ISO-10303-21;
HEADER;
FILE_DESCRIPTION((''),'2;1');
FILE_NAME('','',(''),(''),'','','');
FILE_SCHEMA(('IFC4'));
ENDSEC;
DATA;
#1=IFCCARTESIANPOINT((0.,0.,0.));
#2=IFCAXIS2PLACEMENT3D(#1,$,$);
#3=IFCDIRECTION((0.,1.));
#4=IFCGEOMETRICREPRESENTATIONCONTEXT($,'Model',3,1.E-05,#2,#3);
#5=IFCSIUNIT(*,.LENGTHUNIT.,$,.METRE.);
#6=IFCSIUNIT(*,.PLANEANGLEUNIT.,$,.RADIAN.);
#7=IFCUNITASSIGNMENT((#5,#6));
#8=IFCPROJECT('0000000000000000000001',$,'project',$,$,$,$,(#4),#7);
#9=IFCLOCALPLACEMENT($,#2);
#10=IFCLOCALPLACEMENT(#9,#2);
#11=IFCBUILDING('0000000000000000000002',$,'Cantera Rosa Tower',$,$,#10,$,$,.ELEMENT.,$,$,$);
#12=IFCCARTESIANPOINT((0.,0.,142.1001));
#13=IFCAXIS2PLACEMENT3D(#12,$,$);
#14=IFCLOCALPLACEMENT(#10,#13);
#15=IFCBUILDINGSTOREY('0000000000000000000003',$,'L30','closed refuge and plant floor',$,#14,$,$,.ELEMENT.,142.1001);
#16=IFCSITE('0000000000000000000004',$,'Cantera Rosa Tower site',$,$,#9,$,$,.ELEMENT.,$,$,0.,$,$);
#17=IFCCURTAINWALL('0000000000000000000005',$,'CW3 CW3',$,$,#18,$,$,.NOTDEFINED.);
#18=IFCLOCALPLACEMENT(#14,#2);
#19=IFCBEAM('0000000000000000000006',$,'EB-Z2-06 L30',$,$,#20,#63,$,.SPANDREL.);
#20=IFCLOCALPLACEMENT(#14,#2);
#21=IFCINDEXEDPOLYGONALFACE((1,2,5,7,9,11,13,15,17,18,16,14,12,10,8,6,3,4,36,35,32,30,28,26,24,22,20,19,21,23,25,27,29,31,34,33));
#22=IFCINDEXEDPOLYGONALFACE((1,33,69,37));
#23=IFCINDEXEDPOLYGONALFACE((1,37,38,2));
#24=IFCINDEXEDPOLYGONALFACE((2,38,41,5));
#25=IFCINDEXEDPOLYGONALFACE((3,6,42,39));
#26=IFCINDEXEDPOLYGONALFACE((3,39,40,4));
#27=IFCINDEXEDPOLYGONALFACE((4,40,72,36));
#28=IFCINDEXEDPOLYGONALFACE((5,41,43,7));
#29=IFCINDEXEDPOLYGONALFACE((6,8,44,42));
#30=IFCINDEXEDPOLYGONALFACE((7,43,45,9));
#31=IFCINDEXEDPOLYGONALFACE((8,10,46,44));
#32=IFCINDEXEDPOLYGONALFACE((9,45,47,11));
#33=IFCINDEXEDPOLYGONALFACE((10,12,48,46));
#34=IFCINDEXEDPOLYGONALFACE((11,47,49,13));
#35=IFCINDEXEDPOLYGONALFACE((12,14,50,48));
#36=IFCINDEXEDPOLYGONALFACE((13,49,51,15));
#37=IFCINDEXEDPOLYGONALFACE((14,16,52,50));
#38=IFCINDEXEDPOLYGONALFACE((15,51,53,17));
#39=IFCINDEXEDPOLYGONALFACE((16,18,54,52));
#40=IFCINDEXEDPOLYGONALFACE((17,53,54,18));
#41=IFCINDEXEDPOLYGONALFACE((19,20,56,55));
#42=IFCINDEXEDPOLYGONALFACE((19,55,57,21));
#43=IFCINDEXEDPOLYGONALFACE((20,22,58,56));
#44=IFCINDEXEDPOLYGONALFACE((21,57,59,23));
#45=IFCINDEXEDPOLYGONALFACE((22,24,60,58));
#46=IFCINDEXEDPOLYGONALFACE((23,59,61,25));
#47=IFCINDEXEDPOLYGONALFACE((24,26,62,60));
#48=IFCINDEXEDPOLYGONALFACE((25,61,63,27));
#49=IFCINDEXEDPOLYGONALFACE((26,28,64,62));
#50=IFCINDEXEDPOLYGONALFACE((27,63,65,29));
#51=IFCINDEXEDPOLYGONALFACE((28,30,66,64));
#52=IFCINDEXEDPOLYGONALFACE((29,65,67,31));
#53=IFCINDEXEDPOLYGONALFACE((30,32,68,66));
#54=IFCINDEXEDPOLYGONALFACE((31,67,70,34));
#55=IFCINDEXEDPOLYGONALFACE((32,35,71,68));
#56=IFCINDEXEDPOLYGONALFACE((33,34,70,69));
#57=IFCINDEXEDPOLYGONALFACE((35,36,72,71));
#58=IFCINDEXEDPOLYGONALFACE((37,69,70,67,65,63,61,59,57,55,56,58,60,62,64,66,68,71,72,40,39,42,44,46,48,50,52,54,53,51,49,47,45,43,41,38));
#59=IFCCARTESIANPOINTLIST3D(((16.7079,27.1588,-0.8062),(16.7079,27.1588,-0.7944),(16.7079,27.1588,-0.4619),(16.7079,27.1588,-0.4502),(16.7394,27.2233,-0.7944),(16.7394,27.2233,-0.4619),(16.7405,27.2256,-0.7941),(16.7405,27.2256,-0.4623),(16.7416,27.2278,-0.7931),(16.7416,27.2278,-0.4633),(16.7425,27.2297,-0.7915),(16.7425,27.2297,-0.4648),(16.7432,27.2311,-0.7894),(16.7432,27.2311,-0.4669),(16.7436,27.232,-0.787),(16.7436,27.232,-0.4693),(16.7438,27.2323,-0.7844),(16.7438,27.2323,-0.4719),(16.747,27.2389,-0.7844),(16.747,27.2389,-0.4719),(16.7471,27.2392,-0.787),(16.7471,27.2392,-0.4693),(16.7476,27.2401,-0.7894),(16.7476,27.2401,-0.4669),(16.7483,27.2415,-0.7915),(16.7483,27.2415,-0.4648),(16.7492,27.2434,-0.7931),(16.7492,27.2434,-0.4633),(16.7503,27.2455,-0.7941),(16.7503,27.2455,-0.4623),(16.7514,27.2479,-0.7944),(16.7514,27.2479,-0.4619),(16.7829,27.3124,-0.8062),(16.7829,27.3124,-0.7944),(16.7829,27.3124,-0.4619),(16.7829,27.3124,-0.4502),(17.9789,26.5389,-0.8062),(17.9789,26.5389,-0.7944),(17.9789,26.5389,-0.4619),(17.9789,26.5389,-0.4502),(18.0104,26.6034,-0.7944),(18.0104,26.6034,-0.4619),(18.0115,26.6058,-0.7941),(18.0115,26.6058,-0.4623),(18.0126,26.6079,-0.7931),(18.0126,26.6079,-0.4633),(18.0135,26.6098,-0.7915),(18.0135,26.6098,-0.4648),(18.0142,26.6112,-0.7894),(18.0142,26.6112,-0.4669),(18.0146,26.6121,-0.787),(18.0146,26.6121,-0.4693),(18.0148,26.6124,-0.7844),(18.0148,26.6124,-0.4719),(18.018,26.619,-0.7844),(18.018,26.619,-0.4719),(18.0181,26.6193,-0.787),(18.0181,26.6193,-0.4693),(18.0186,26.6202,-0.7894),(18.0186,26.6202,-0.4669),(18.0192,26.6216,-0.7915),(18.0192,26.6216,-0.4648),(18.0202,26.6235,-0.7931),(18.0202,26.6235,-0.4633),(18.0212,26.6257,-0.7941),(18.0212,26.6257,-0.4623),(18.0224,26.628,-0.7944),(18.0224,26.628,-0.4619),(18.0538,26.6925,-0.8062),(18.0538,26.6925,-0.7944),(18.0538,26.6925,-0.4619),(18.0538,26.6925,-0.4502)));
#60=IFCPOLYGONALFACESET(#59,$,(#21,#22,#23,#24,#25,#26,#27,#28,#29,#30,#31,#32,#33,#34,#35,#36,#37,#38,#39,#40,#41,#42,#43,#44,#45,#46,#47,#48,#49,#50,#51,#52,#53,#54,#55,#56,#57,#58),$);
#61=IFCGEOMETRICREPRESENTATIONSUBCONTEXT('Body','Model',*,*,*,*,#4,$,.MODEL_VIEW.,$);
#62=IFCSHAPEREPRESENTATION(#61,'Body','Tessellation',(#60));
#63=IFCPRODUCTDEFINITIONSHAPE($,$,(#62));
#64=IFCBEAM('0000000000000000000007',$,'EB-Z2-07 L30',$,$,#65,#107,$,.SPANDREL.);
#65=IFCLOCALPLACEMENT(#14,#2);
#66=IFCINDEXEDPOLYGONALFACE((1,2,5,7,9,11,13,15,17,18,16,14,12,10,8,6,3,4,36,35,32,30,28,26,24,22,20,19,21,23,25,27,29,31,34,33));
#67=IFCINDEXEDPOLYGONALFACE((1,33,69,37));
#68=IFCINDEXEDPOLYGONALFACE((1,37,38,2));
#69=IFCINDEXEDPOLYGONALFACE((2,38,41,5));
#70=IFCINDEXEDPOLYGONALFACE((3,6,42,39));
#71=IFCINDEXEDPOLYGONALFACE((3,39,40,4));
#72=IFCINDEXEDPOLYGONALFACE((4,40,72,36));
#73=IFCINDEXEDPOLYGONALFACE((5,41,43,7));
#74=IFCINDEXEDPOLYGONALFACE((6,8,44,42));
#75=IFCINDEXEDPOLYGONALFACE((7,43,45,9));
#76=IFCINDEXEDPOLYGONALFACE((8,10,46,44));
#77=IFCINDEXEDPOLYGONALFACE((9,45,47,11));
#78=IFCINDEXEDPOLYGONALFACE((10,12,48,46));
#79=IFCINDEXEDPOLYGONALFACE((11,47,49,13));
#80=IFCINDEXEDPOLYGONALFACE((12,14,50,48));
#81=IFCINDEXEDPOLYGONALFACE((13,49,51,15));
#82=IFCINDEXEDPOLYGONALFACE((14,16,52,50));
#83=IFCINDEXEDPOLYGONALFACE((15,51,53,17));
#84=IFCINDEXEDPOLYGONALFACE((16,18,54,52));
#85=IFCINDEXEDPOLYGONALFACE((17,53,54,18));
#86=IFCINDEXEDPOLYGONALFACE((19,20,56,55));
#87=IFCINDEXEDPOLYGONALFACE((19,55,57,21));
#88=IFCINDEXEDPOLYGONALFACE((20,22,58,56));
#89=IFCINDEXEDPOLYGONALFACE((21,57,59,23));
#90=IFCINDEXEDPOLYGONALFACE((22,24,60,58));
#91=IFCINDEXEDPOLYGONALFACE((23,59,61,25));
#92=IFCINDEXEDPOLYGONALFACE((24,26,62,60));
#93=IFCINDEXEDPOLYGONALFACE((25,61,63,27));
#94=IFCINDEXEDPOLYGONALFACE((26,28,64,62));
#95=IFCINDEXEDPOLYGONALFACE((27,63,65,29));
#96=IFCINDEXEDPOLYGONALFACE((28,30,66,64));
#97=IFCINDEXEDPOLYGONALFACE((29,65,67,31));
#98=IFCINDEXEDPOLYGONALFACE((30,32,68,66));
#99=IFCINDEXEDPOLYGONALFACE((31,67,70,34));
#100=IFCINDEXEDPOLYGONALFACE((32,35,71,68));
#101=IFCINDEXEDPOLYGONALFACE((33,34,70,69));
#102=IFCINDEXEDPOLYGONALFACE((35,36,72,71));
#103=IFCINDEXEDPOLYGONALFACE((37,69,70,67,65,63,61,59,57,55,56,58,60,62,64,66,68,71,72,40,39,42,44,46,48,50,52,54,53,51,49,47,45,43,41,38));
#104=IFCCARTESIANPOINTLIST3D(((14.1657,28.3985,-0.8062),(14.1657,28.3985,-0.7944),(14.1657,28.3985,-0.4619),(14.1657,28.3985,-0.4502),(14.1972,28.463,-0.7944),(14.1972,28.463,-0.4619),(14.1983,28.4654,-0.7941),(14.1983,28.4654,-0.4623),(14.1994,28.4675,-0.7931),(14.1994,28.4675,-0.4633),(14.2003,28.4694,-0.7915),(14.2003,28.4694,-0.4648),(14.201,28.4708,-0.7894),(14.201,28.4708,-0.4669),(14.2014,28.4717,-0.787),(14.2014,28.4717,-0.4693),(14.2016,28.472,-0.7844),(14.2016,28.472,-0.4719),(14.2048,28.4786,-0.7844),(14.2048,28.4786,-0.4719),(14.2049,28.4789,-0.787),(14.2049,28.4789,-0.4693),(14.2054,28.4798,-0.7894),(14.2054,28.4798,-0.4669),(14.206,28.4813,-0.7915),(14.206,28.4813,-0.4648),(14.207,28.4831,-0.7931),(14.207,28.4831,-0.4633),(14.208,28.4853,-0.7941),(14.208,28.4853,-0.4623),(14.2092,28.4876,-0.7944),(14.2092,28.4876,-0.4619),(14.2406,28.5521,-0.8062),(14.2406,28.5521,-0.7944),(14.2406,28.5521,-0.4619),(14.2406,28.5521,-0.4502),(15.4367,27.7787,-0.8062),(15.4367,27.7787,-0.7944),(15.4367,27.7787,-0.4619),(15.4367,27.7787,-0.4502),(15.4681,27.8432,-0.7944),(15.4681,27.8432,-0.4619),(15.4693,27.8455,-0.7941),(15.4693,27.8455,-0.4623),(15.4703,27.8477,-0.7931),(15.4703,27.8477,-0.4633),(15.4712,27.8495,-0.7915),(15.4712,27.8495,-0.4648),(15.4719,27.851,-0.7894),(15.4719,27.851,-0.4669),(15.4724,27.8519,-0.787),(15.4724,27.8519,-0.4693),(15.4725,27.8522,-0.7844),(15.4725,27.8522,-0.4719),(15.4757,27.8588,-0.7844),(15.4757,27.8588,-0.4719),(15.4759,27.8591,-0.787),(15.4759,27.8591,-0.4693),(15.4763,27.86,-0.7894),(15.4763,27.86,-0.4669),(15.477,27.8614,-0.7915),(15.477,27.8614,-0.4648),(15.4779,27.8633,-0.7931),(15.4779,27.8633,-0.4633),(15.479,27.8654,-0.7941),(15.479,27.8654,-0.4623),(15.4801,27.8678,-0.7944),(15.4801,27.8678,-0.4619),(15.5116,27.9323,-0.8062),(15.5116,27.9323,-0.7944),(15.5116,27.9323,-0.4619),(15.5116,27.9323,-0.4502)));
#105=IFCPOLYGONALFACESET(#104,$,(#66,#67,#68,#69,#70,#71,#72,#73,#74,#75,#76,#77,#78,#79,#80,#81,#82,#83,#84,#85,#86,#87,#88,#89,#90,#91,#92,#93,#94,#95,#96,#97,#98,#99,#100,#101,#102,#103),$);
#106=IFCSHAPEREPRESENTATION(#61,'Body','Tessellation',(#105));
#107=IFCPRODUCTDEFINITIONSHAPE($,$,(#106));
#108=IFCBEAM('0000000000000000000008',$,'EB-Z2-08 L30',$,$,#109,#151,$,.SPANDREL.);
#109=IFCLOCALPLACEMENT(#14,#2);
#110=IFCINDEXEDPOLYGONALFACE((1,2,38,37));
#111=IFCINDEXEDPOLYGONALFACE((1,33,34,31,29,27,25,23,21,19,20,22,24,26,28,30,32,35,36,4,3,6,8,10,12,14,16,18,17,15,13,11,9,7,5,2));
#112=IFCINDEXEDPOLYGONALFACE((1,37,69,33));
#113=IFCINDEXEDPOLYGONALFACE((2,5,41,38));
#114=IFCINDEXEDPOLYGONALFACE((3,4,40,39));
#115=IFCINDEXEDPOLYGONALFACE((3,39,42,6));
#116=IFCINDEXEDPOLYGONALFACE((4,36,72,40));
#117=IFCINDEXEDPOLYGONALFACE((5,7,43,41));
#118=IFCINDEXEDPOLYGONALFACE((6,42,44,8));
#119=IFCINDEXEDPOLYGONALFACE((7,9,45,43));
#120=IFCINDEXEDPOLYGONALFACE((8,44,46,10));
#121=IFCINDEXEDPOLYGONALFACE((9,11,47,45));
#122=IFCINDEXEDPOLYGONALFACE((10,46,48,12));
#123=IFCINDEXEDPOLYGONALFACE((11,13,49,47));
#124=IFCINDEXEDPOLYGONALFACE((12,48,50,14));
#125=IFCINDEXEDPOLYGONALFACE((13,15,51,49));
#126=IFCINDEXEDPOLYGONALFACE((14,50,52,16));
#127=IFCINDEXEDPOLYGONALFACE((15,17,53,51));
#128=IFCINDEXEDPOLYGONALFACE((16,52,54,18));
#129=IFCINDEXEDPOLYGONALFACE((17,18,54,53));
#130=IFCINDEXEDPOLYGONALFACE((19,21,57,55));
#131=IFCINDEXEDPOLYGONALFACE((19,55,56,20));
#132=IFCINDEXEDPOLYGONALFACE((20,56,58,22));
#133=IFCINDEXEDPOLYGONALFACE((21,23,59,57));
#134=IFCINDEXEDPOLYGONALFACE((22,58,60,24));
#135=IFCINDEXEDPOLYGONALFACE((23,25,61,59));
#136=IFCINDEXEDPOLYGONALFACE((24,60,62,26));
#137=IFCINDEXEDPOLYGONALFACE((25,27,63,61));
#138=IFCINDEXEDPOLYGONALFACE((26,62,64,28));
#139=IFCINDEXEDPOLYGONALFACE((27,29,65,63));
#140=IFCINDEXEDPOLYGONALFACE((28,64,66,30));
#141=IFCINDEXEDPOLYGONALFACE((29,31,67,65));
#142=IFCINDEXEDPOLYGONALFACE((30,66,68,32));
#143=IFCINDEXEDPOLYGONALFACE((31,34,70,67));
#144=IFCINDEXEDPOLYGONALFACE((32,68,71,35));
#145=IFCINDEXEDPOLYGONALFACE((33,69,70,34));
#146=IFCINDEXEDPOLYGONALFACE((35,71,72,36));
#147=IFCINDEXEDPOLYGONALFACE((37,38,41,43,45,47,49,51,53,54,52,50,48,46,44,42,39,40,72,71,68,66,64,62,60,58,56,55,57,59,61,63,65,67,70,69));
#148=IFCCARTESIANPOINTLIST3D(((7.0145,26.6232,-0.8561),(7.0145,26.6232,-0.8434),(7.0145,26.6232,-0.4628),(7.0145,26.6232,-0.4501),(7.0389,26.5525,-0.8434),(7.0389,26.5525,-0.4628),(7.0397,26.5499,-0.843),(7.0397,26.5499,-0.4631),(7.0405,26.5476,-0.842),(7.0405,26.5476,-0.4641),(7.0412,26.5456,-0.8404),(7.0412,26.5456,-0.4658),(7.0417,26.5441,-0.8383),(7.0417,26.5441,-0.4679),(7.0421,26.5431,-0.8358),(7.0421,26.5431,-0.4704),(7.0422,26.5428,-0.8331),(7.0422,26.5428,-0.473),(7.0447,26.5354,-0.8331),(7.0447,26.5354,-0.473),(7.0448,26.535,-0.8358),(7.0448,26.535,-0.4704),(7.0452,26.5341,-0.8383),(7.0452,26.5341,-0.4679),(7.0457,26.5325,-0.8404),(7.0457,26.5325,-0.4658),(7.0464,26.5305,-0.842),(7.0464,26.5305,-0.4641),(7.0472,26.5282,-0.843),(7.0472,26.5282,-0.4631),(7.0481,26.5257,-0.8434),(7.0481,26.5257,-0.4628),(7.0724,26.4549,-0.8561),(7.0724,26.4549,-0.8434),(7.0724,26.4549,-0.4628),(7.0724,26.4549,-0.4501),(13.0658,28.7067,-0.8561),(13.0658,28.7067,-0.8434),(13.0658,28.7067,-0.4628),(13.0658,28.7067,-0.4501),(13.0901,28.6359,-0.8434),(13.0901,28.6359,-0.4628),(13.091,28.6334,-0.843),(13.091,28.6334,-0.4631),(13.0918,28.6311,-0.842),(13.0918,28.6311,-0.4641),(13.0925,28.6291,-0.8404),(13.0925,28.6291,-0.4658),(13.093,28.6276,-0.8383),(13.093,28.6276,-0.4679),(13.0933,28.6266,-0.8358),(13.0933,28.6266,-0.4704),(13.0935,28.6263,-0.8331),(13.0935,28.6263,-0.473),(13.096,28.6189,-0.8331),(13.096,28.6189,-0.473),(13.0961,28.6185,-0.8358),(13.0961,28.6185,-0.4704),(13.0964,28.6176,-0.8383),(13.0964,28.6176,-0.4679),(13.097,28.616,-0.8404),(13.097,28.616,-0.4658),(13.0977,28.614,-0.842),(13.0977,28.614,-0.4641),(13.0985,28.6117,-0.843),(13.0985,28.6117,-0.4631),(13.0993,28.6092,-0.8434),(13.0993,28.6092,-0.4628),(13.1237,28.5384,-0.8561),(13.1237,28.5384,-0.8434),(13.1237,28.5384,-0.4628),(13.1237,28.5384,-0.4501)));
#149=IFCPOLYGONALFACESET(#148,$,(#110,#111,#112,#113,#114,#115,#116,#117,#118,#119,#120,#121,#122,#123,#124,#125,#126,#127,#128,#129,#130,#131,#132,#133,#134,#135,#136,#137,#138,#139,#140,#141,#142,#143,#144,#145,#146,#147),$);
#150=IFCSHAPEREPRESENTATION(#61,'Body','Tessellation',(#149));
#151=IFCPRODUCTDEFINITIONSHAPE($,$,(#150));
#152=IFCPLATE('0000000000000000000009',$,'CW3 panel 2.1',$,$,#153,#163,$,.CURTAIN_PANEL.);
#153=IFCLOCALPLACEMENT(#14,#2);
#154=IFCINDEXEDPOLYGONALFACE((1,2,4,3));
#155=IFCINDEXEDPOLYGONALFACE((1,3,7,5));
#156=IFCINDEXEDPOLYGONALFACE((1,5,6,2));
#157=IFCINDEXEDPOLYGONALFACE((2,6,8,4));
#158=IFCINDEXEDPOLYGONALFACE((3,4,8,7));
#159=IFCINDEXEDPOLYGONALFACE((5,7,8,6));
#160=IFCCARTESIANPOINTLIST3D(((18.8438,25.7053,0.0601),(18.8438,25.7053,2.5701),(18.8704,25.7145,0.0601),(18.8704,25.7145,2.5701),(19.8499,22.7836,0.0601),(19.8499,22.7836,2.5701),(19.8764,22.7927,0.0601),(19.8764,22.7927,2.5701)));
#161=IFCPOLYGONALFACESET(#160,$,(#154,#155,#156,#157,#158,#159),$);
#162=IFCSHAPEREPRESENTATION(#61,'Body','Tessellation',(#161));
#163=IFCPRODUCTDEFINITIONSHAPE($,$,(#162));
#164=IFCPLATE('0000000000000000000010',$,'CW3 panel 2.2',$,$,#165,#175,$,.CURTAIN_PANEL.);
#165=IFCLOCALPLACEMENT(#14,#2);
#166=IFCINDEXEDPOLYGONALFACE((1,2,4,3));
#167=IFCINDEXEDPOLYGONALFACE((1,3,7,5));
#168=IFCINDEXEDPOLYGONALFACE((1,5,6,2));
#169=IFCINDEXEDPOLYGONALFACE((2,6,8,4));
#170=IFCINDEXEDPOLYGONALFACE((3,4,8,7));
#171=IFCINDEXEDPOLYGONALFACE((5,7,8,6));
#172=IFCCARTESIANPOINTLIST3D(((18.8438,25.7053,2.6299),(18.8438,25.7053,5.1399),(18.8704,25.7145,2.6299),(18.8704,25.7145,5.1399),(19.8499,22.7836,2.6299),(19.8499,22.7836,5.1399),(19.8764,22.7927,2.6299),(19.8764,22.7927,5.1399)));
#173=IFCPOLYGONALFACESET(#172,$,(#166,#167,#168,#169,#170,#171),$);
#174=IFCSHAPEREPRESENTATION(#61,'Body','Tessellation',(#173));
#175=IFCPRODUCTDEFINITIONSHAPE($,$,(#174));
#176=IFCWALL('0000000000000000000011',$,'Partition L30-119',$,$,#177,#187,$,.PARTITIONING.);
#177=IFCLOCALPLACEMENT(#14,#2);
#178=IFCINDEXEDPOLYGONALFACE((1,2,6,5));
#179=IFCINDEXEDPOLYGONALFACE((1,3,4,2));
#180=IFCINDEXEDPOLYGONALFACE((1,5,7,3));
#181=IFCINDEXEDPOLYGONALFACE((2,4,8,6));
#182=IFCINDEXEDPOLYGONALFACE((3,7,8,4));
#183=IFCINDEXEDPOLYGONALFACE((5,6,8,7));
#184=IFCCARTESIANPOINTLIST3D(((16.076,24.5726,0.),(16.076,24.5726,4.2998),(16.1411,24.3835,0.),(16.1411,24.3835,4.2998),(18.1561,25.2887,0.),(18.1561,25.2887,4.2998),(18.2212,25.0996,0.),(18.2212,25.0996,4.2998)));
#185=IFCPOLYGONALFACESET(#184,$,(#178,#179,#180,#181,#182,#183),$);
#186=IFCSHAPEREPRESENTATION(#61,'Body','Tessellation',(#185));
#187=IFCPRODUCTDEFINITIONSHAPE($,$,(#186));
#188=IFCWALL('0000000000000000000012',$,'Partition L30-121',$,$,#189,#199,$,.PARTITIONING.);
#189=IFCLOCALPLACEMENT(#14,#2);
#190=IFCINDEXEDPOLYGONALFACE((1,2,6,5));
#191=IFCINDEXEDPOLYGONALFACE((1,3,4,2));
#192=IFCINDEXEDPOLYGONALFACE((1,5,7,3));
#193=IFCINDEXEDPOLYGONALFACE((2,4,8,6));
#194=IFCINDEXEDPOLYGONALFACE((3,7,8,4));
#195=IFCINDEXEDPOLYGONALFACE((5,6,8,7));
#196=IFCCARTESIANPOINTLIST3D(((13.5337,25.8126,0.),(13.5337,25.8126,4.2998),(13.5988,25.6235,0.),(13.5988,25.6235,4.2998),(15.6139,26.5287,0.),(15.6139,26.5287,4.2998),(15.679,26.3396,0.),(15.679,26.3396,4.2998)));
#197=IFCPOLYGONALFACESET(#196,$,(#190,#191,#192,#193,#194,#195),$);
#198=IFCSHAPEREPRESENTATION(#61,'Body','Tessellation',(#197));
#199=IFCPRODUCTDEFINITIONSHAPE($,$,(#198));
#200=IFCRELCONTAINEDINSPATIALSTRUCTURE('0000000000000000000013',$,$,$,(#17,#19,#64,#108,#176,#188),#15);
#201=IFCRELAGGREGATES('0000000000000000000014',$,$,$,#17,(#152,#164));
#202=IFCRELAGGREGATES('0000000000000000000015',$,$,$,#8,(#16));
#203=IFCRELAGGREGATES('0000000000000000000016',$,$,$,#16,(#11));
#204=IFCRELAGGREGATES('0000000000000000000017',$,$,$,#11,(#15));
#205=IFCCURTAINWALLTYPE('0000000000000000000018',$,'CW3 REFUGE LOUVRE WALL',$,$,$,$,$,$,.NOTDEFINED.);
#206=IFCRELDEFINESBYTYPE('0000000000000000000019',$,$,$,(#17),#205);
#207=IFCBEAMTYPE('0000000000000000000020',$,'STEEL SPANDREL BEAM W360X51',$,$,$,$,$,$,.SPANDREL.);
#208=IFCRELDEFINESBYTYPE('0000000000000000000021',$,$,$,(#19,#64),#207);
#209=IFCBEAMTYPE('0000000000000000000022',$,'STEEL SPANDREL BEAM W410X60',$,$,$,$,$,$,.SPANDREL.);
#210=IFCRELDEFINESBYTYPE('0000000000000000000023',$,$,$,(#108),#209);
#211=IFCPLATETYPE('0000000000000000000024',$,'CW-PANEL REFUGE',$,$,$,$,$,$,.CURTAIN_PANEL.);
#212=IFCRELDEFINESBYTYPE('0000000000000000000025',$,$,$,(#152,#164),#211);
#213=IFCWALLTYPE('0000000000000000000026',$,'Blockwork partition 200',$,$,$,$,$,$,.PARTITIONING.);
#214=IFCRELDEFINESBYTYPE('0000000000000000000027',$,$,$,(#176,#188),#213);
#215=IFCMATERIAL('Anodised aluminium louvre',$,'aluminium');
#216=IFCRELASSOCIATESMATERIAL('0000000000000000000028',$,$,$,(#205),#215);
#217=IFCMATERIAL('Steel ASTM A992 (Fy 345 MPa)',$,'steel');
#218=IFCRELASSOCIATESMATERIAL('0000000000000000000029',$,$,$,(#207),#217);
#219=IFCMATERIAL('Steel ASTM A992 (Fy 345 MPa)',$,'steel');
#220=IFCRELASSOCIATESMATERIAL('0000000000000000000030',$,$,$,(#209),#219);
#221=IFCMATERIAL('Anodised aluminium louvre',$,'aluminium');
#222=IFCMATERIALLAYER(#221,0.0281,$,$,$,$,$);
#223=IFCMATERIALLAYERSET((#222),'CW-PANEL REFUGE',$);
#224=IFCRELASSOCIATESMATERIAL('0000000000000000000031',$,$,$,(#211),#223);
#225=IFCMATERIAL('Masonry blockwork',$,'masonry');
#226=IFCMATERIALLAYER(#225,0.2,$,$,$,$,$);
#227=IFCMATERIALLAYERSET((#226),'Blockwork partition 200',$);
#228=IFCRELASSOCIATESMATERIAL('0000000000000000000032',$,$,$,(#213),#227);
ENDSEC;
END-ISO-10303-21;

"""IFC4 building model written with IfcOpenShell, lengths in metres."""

from ifc_helpers import new_model, si_unit, direction, frame, frame_2d, origin, origin_2d, place, context, subcontext, project, spatial, rectangle, i_section, extrude, material, layer, layer_set, material_profile, profile_set, type_object, element, aggregate, save


model = new_model("IFC4")

# Units and contexts
model_context = context("Model", 3, precision=1e-05, world=origin(), true_north=direction((0.0, 1.0)))
body_context = subcontext(model_context, "Body", "Model", "MODEL_VIEW")
ifc_project = project(units=[si_unit("LENGTHUNIT", "METRE"), si_unit("PLANEANGLEUNIT", "RADIAN")], contexts=[model_context])

# Site, building, storey
site_placement = place(None, origin())
site = spatial("IfcSite", under=ifc_project, at=site_placement, Name="Cantera Rosa Tower site", CompositionType="ELEMENT", RefElevation=0.0)
building_placement = place(site_placement, origin())
building = spatial("IfcBuilding", under=site, at=building_placement, Name="Cantera Rosa Tower", CompositionType="ELEMENT")
storey_placement = place(building_placement, frame((0.0, 0.0, 142.1001)))
storey = spatial("IfcBuildingStorey", under=building, at=storey_placement, Name="L30", Description="closed refuge and plant floor", CompositionType="ELEMENT", Elevation=142.1001)

# Curtain wall
ifc_material_1 = material(Name="Anodised aluminium louvre", Category="aluminium")
curtain_wall_type = type_object("IfcCurtainWallType", Name="CW3 REFUGE LOUVRE WALL", PredefinedType="NOTDEFINED", material=ifc_material_1)
curtain_wall_1_placement = place(storey_placement, origin())
curtain_wall_1 = element("IfcCurtainWall", 1, at=curtain_wall_1_placement, inside=storey, type_object=curtain_wall_type, Name="CW3 CW3", PredefinedType="NOTDEFINED")

# Beams
ifc_material_2 = material(Name="Steel ASTM A992 (Fy 345 MPa)", Category="steel")
ifc_material_profile_1 = material_profile(ifc_material_2, i_section(OverallWidth=0.1709, OverallDepth=0.356, WebThickness=0.0073, FlangeThickness=0.0117, FilletRadius=0.01, at=origin_2d()), Name="W360X51")
ifc_profile_set_1 = profile_set([ifc_material_profile_1], Name="Steel ASTM A992 (Fy 345 MPa)")
beam_type_1 = type_object("IfcBeamType", Name="STEEL SPANDREL BEAM W360X51", PredefinedType="SPANDREL", material=ifc_profile_set_1)
for number, where, z_axis, x_axis, name in (
    (2, (18.0164, 26.6157, -0.6282), (-0.898803, 0.438352, 0.0), (-0.438352, -0.898803, 0.0), "EB-Z2-06 L30"),
    (3, (15.4741, 27.8555, -0.6282), (-0.898803, 0.438352, 0.0), (-0.438352, -0.898803, 0.0), "EB-Z2-07 L30"),
):
    element("IfcBeam", number, at=place(storey_placement, frame(where, z_axis=z_axis, x_axis=x_axis)), inside=storey, type_object=beam_type_1, Name=name, PredefinedType="SPANDREL", context=body_context, shape_type="SweptSolid", body=[
        extrude(i_section(OverallWidth=0.1709, OverallDepth=0.356, WebThickness=0.0073, FlangeThickness=0.0117, FilletRadius=0.01, at=origin_2d()), origin(), (0.0, 0.0, 1.0), 1.4141),
    ])
ifc_material_3 = material(Name="Steel ASTM A992 (Fy 345 MPa)", Category="steel")
ifc_material_profile_2 = material_profile(ifc_material_3, i_section(OverallWidth=0.178, OverallDepth=0.406, WebThickness=0.0078, FlangeThickness=0.0127, FilletRadius=0.0103, at=origin_2d()), Name="W410X60")
ifc_profile_set_2 = profile_set([ifc_material_profile_2], Name="Steel ASTM A992 (Fy 345 MPa)")
beam_type_2 = type_object("IfcBeamType", Name="STEEL SPANDREL BEAM W410X60", PredefinedType="SPANDREL", material=ifc_profile_set_2)
beam_1_placement = place(storey_placement, frame((13.0947, 28.6226, -0.6531), z_axis=(-0.945524, -0.325551, 0.0), x_axis=(0.325551, -0.945524, 0.0)))
element("IfcBeam", 4, at=beam_1_placement, inside=storey, type_object=beam_type_2, Name="EB-Z2-08 L30", PredefinedType="SPANDREL", context=body_context, shape_type="SweptSolid", body=[
    extrude(i_section(OverallWidth=0.178, OverallDepth=0.406, WebThickness=0.0078, FlangeThickness=0.0127, FilletRadius=0.0103, at=origin_2d()), origin(), (0.0, 0.0, 1.0), 6.3999),
])

# Plates
ifc_material_4 = material(Name="Anodised aluminium louvre", Category="aluminium")
ifc_layer_1 = layer(ifc_material_4, 0.0281)
ifc_layer_set_1 = layer_set([ifc_layer_1], Name="CW-PANEL REFUGE")
plate_type = type_object("IfcPlateType", Name="CW-PANEL REFUGE", PredefinedType="CURTAIN_PANEL", material=ifc_layer_set_1)
plate_1_placement = place(storey_placement, frame((19.3601, 24.249, 0.0601), z_axis=(0.0, 0.0, 1.0), x_axis=(-0.325568, 0.945519, 0.0)))
plate_1 = element("IfcPlate", 5, at=plate_1_placement, type_object=plate_type, Name="CW3 panel 2.1", PredefinedType="CURTAIN_PANEL", context=body_context, shape_type="SweptSolid", body=[
    extrude(rectangle(XDim=3.0901, YDim=0.0281, at=origin_2d()), origin(), (0.0, 0.0, 1.0), 2.51),
])
plate_2_placement = place(storey_placement, frame((19.3601, 24.249, 2.6299), z_axis=(0.0, 0.0, 1.0), x_axis=(-0.325568, 0.945519, 0.0)))
plate_2 = element("IfcPlate", 6, at=plate_2_placement, type_object=plate_type, Name="CW3 panel 2.2", PredefinedType="CURTAIN_PANEL", context=body_context, shape_type="SweptSolid", body=[
    extrude(rectangle(XDim=3.0901, YDim=0.0281, at=origin_2d()), origin(), (0.0, 0.0, 1.0), 2.51),
])
aggregate(curtain_wall_1, [plate_1, plate_2])

# Walls
ifc_material_5 = material(Name="Masonry blockwork", Category="masonry")
ifc_layer_2 = layer(ifc_material_5, 0.2)
ifc_layer_set_2 = layer_set([ifc_layer_2], Name="Blockwork partition 200")
wall_type_1 = type_object("IfcWallType", Name="Blockwork partition 200", PredefinedType="PARTITIONING", material=ifc_layer_set_2)
for number, where, z_axis, x_axis, name in (
    (7, (16.1084, 24.478, 0.0), (0.0, 0.0, 1.0), (0.945542, 0.325502, 0.0), "Partition L30-119"),
    (8, (13.5662, 25.718, 0.0), (0.0, 0.0, 1.0), (0.945542, 0.325502, 0.0), "Partition L30-121"),
):
    element("IfcWall", number, at=place(storey_placement, frame(where, z_axis=z_axis, x_axis=x_axis)), inside=storey, type_object=wall_type_1, Name=name, PredefinedType="PARTITIONING", context=body_context, shape_type="SweptSolid", body=[
        extrude(rectangle(XDim=2.2, YDim=0.2, at=frame_2d((1.1001, 0.0))), origin(), (0.0, 0.0, 1.0), 4.2998),
    ])

save(model, "model.ifc")
